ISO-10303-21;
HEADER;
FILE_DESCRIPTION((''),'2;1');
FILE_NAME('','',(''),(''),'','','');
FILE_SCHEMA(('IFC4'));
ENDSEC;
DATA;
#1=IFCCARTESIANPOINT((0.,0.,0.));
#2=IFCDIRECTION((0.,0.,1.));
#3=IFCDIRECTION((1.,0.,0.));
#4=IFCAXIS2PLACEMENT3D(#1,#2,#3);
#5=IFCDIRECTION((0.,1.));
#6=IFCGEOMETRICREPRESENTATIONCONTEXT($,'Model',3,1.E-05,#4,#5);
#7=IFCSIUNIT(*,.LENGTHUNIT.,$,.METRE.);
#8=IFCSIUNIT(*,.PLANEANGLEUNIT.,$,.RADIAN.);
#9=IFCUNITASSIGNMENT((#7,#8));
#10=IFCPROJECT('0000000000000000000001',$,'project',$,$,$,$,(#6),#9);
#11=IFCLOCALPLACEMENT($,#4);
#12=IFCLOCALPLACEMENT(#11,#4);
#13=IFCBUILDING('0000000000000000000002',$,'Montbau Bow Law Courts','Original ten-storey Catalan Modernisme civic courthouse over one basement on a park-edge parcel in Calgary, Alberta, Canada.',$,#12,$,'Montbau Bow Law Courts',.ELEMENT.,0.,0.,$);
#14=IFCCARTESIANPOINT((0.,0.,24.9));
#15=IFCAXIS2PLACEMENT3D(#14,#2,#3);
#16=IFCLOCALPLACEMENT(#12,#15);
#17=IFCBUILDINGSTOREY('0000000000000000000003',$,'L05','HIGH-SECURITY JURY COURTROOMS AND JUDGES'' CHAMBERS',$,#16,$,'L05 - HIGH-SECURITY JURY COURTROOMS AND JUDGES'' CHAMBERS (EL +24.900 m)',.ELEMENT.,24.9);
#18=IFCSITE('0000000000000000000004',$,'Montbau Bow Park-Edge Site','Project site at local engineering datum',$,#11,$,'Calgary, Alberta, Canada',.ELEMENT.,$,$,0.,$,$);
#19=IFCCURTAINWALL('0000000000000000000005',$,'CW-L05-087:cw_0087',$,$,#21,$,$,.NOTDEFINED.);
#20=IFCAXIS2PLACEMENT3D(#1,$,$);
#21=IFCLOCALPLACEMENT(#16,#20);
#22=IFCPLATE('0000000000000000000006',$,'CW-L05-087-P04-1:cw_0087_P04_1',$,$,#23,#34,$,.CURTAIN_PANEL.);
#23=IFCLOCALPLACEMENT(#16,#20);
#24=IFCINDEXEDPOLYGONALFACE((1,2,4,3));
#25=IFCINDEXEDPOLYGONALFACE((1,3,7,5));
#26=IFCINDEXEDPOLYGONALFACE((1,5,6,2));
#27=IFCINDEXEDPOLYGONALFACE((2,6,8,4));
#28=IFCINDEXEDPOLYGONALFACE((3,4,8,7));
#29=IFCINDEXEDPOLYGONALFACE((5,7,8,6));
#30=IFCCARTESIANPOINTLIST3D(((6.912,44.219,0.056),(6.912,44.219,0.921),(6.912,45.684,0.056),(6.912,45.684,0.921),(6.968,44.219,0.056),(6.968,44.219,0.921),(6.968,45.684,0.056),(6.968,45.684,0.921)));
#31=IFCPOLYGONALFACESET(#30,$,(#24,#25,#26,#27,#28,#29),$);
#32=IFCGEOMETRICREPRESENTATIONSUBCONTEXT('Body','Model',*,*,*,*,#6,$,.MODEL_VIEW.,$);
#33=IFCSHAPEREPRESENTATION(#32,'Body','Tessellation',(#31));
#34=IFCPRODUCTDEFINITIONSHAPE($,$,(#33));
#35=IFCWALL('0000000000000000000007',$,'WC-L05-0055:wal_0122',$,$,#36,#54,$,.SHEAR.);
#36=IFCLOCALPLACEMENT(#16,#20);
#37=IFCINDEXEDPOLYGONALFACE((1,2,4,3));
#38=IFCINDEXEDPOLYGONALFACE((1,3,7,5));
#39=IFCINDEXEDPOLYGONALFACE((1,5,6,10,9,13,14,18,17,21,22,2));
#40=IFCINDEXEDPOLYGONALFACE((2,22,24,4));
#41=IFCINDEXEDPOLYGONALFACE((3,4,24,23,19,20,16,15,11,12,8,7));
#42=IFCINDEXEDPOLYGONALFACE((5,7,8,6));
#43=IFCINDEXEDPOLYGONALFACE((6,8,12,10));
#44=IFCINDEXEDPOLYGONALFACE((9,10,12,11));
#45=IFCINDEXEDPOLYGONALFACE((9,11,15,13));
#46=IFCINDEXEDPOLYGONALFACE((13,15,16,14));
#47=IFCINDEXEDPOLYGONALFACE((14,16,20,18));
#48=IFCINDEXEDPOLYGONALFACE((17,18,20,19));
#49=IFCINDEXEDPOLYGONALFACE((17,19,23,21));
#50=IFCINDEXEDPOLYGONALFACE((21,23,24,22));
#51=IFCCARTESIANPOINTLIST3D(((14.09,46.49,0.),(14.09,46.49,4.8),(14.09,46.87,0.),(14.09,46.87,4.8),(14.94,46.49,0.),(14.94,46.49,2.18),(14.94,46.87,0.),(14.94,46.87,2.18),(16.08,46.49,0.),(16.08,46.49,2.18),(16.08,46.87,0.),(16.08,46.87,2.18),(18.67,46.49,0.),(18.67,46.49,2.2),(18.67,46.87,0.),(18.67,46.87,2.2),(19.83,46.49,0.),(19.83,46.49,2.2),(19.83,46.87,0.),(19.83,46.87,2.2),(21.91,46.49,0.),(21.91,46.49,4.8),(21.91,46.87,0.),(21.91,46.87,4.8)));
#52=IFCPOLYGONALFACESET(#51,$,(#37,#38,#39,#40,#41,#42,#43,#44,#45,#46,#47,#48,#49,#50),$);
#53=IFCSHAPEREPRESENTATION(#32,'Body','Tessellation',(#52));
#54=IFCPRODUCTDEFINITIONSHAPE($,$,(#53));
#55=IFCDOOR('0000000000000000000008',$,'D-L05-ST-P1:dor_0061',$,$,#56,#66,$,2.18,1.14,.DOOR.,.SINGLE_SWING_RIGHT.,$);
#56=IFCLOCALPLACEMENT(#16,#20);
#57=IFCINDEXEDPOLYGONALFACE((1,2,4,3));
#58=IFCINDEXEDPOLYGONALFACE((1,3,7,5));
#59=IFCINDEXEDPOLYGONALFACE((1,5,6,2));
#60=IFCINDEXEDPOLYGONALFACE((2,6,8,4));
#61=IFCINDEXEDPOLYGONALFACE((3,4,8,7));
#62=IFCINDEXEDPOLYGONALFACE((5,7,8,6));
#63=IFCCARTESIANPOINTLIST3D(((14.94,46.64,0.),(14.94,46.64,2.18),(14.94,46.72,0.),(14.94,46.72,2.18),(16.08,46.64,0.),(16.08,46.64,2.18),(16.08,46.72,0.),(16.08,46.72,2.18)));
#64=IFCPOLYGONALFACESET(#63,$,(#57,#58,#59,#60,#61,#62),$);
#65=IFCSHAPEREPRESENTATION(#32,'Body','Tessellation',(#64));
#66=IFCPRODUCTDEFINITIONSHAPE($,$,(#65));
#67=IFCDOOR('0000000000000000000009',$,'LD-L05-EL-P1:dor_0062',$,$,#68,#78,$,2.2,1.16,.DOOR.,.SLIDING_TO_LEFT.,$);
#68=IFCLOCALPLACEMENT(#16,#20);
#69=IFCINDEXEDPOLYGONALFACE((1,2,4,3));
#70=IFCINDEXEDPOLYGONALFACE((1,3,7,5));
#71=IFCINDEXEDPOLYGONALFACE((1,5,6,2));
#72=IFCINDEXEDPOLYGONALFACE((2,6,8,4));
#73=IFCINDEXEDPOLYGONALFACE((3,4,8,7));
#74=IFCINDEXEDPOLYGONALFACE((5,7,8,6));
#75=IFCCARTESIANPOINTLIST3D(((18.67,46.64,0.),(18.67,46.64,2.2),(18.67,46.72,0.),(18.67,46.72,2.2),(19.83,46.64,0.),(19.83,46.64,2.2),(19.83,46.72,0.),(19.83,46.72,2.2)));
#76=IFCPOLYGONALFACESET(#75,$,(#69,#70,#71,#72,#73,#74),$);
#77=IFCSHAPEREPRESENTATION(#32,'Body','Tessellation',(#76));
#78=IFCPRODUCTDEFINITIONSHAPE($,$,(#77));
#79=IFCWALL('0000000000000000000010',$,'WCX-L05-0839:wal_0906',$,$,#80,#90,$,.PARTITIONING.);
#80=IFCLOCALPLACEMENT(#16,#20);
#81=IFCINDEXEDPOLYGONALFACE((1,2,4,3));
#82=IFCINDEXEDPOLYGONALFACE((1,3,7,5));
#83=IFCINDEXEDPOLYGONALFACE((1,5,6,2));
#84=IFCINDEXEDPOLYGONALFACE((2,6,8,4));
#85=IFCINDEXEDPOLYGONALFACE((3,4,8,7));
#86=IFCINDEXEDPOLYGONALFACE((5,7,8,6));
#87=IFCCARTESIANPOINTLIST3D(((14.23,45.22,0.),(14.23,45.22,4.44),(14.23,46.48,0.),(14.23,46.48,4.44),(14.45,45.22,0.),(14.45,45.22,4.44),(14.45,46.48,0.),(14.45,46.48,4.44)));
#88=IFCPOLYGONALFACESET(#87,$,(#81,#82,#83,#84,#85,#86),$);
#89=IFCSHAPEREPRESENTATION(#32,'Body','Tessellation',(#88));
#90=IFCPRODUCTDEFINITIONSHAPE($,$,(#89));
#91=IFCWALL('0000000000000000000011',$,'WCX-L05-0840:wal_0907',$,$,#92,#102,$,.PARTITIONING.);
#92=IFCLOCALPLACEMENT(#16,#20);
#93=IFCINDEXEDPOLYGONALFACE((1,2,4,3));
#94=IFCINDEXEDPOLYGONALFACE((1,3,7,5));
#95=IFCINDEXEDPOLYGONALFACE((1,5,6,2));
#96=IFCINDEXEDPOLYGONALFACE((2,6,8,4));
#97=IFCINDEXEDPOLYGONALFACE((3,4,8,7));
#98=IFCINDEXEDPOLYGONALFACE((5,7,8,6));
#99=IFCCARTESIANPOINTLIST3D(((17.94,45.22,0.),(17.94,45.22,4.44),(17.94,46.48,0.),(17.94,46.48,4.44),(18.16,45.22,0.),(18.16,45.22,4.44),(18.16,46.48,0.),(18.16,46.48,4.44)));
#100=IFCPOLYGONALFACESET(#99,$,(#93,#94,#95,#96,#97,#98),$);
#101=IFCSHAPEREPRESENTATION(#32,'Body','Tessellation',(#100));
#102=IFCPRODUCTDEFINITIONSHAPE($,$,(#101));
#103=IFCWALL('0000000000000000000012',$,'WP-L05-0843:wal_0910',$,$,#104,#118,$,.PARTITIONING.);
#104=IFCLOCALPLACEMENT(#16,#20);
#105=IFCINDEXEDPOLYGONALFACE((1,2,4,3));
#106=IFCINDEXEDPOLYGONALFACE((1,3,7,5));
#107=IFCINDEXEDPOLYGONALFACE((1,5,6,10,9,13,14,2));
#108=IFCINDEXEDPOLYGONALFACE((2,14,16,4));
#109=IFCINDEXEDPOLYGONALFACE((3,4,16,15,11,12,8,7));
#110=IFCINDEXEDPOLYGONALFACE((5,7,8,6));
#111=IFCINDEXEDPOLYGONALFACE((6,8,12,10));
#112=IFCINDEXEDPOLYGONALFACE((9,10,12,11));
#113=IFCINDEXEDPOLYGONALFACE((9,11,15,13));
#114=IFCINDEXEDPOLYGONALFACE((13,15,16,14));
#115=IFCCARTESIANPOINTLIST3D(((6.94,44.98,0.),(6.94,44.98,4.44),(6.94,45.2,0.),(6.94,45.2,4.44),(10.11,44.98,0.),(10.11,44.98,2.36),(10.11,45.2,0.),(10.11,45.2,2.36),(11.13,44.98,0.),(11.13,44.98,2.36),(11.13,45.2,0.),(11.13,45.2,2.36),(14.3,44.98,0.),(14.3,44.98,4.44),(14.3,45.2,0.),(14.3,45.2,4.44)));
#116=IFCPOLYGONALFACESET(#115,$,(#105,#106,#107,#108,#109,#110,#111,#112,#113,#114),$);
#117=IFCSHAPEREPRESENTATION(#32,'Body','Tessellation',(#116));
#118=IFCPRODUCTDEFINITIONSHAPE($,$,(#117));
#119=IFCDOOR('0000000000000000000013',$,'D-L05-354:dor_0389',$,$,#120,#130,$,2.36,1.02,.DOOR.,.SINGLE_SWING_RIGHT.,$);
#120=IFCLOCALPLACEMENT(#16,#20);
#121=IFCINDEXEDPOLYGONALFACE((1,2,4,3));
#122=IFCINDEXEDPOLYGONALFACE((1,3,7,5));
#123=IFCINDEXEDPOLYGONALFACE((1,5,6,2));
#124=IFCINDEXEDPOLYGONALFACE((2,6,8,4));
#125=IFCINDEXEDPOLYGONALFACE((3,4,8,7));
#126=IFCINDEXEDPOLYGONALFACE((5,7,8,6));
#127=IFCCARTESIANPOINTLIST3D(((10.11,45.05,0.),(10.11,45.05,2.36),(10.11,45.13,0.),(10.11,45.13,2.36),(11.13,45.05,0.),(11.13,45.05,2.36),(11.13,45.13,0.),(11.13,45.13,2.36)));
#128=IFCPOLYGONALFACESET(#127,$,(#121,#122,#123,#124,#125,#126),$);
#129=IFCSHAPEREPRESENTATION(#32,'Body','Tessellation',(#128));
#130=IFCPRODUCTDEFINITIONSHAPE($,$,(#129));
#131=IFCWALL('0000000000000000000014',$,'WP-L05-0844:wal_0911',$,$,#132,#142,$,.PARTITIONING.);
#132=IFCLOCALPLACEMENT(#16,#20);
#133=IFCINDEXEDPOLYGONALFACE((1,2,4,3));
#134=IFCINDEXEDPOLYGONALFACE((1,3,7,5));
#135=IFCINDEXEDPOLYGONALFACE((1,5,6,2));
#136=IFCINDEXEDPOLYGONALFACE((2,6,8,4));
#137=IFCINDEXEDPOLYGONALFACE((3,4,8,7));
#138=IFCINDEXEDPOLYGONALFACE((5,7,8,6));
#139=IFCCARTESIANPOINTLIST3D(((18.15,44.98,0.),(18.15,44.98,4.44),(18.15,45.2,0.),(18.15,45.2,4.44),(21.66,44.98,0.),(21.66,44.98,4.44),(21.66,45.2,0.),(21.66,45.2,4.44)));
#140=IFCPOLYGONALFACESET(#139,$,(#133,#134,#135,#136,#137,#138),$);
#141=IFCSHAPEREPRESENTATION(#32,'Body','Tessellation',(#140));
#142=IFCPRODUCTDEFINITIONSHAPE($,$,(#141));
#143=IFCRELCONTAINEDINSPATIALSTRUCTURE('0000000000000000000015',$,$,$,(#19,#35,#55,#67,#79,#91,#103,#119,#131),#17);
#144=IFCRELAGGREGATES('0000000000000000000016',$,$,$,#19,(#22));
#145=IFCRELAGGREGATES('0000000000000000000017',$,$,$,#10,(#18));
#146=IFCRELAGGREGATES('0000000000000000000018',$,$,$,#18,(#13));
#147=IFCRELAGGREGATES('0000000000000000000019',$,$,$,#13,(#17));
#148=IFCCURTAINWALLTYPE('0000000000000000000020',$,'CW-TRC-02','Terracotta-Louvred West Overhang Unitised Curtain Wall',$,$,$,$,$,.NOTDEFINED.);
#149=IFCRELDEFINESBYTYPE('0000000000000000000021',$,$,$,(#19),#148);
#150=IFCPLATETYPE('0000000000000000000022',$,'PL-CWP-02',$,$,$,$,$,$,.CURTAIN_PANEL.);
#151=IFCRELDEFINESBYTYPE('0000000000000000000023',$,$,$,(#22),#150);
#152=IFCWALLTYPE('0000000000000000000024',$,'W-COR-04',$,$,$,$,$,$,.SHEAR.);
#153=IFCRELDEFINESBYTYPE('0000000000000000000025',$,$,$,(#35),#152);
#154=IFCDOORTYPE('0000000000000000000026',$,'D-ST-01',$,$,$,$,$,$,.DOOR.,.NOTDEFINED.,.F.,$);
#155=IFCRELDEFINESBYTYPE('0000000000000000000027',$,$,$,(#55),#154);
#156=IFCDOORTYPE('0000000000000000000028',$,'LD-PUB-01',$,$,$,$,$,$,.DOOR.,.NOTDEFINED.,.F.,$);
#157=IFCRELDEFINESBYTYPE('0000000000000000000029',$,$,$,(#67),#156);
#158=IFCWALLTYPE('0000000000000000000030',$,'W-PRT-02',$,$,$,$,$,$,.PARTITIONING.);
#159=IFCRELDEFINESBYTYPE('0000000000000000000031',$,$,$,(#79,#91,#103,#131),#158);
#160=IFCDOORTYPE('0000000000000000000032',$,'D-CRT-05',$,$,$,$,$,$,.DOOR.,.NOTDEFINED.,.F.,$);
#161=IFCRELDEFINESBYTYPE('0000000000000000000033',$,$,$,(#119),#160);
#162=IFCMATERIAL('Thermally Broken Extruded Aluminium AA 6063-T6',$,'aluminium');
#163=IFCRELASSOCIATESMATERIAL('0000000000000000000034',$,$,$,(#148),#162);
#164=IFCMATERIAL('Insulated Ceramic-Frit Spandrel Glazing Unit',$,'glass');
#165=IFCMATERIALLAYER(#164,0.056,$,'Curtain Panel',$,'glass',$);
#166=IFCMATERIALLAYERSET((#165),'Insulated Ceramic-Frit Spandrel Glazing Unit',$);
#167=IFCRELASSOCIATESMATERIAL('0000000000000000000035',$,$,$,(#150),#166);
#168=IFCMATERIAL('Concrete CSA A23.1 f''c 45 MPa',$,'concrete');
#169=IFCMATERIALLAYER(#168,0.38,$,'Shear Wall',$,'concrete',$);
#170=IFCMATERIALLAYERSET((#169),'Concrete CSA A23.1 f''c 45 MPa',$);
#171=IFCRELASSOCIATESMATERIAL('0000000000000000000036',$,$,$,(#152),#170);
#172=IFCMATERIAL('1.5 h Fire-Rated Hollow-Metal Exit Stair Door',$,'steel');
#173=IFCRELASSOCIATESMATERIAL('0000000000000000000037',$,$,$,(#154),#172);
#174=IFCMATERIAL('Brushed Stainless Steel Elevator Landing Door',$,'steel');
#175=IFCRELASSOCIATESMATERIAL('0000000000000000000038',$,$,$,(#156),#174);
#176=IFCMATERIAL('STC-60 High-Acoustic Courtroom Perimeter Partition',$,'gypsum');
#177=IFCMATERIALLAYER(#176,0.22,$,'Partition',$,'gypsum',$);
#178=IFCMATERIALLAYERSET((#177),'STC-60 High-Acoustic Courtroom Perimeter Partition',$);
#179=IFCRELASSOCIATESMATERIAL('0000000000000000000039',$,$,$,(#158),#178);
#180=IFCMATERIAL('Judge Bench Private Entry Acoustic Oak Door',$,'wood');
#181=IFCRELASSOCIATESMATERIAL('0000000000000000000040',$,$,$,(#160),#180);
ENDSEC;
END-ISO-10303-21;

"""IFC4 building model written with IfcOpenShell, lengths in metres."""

from ifc_helpers import new_model, si_unit, direction, frame, frame_2d, origin_with_axes, place, context, subcontext, project, spatial, rectangle, extrude, material, layer, layer_set, type_object, element, fill, aggregate, save


model = new_model("IFC4")

# Units and contexts
model_context = context("Model", 3, precision=1e-05, world=origin_with_axes(), true_north=direction((0.0, 1.0)))
body_context = subcontext(model_context, "Body", "Model", "MODEL_VIEW")
ifc_project = project(units=[si_unit("LENGTHUNIT", "METRE"), si_unit("PLANEANGLEUNIT", "RADIAN")], contexts=[model_context])

# Site, building, storey
site_placement = place(None, origin_with_axes())
site = spatial("IfcSite", under=ifc_project, at=site_placement, Name="Montbau Bow Park-Edge Site", Description="Project site at local engineering datum", LongName="Calgary, Alberta, Canada", CompositionType="ELEMENT", RefElevation=0.0)
building_placement = place(site_placement, origin_with_axes())
building = spatial("IfcBuilding", under=site, at=building_placement, Name="Montbau Bow Law Courts", Description="Original ten-storey Catalan Modernisme civic courthouse over one basement on a park-edge parcel in Calgary, Alberta, Canada.", LongName="Montbau Bow Law Courts", CompositionType="ELEMENT", ElevationOfRefHeight=0.0, ElevationOfTerrain=0.0)
storey_placement = place(building_placement, frame((0.0, 0.0, 24.9), z_axis=(0.0, 0.0, 1.0), x_axis=(1.0, 0.0, 0.0)))
storey = spatial("IfcBuildingStorey", under=building, at=storey_placement, Name="L05", Description="HIGH-SECURITY JURY COURTROOMS AND JUDGES' CHAMBERS", LongName="L05 - HIGH-SECURITY JURY COURTROOMS AND JUDGES' CHAMBERS (EL +24.900 m)", CompositionType="ELEMENT", Elevation=24.9)

# Curtain wall
ifc_material_1 = material(Name="Thermally Broken Extruded Aluminium AA 6063-T6", Category="aluminium")
curtain_wall_type = type_object("IfcCurtainWallType", Name="CW-TRC-02", Description="Terracotta-Louvred West Overhang Unitised Curtain Wall", PredefinedType="NOTDEFINED", material=ifc_material_1)
curtain_wall_1_placement = place(None, frame((6.94, 39.44, 24.9), z_axis=(0.0, 0.0, 1.0), x_axis=(1.0, 0.0, 0.0)))
curtain_wall_1 = element("IfcCurtainWall", 1, at=curtain_wall_1_placement, inside=storey, type_object=curtain_wall_type, Name="CW-L05-087:cw_0087", PredefinedType="NOTDEFINED")

# Plate
ifc_material_2 = material(Name="Insulated Ceramic-Frit Spandrel Glazing Unit", Category="glass")
ifc_layer_1 = layer(ifc_material_2, 0.056, Name="Curtain Panel", Category="glass")
ifc_layer_set_1 = layer_set([ifc_layer_1], Name="Insulated Ceramic-Frit Spandrel Glazing Unit")
plate_type_1 = type_object("IfcPlateType", Name="PL-CWP-02", PredefinedType="CURTAIN_PANEL", material=ifc_layer_set_1)
plate_1_placement = place(None, frame((6.94, 44.219, 24.956), z_axis=(1.0, 0.0, 0.0), x_axis=(0.0, 1.0, 0.0)))
plate_1 = element("IfcPlate", 2, at=plate_1_placement, type_object=plate_type_1, Name="CW-L05-087-P04-1:cw_0087_P04_1", PredefinedType="CURTAIN_PANEL", context=body_context, shape_type="SweptSolid", body=[
    extrude(rectangle(XDim=1.465, YDim=0.865, at=frame_2d((0.7325, 0.4325), x_axis=(1.0, 0.0))), frame((0.0, 0.0, -0.028), z_axis=(0.0, 0.0, 1.0), x_axis=(1.0, 0.0, 0.0)), (0.0, 0.0, 1.0), 0.056),
])
aggregate(curtain_wall_1, [plate_1])

# Wall, openings, doors
ifc_material_3 = material(Name="Concrete CSA A23.1 f'c 45 MPa", Category="concrete")
ifc_layer_2 = layer(ifc_material_3, 0.38, Name="Shear Wall", Category="concrete")
ifc_layer_set_2 = layer_set([ifc_layer_2], Name="Concrete CSA A23.1 f'c 45 MPa")
wall_type_1 = type_object("IfcWallType", Name="W-COR-04", PredefinedType="SHEAR", material=ifc_layer_set_2)
wall_1_placement = place(None, frame((14.09, 46.68, 24.9), z_axis=(0.0, 0.0, 1.0), x_axis=(1.0, 0.0, 0.0)))
wall_1 = element("IfcWall", 3, at=wall_1_placement, inside=storey, type_object=wall_type_1, Name="WC-L05-0055:wal_0122", PredefinedType="SHEAR", context=body_context, shape_type="SweptSolid", body=[
    extrude(rectangle(XDim=7.82, YDim=0.38, at=frame_2d((3.91, 0.0), x_axis=(1.0, 0.0))), origin_with_axes(), (0.0, 0.0, 1.0), 4.8),
])
opening_1_placement = place(None, frame((15.51, 46.68, 24.9), z_axis=(0.0, 0.0, 1.0), x_axis=(1.0, 0.0, 0.0)))
opening_1 = element("IfcOpeningElement", 4, at=opening_1_placement, cuts=wall_1, PredefinedType="OPENING", context=body_context, shape_type="SweptSolid", body=[
    extrude(rectangle(XDim=1.14, YDim=2.18, at=frame_2d((0.0, 1.09), x_axis=(1.0, 0.0))), frame((0.0, 0.2, 0.0), z_axis=(0.0, -1.0, 0.0), x_axis=(1.0, 0.0, 0.0)), (0.0, 0.0, 1.0), 0.4),
])
opening_2_placement = place(None, frame((19.25, 46.68, 24.9), z_axis=(0.0, 0.0, 1.0), x_axis=(1.0, 0.0, 0.0)))
opening_2 = element("IfcOpeningElement", 5, at=opening_2_placement, cuts=wall_1, PredefinedType="OPENING", context=body_context, shape_type="SweptSolid", body=[
    extrude(rectangle(XDim=1.16, YDim=2.2, at=frame_2d((0.0, 1.1), x_axis=(1.0, 0.0))), frame((0.0, 0.2, 0.0), z_axis=(0.0, -1.0, 0.0), x_axis=(1.0, 0.0, 0.0)), (0.0, 0.0, 1.0), 0.4),
])
ifc_material_4 = material(Name="1.5 h Fire-Rated Hollow-Metal Exit Stair Door", Category="steel")
door_type_1 = type_object("IfcDoorType", Name="D-ST-01", OperationType="NOTDEFINED", ParameterTakesPrecedence=False, PredefinedType="DOOR", material=ifc_material_4)
door_1_placement = place(None, frame((15.51, 46.68, 24.9), z_axis=(0.0, 0.0, 1.0), x_axis=(-1.0, 0.0, 0.0)))
door_1 = element("IfcDoor", 6, at=door_1_placement, inside=storey, type_object=door_type_1, Name="D-L05-ST-P1:dor_0061", OperationType="SINGLE_SWING_RIGHT", OverallHeight=2.18, OverallWidth=1.14, PredefinedType="DOOR", context=body_context, shape_type="SweptSolid", body=[
    extrude(rectangle(XDim=1.14, YDim=2.18, at=frame_2d((0.0, 1.09), x_axis=(1.0, 0.0))), frame((0.0, 0.04, 0.0), z_axis=(0.0, -1.0, 0.0), x_axis=(1.0, 0.0, 0.0)), (0.0, 0.0, 1.0), 0.08),
])
fill(opening_1, door_1)
ifc_material_5 = material(Name="Brushed Stainless Steel Elevator Landing Door", Category="steel")
door_type_2 = type_object("IfcDoorType", Name="LD-PUB-01", OperationType="NOTDEFINED", ParameterTakesPrecedence=False, PredefinedType="DOOR", material=ifc_material_5)
door_2_placement = place(None, frame((19.25, 46.68, 24.9), z_axis=(0.0, 0.0, 1.0), x_axis=(-1.0, 0.0, 0.0)))
door_2 = element("IfcDoor", 7, at=door_2_placement, inside=storey, type_object=door_type_2, Name="LD-L05-EL-P1:dor_0062", OperationType="SLIDING_TO_LEFT", OverallHeight=2.2, OverallWidth=1.16, PredefinedType="DOOR", context=body_context, shape_type="SweptSolid", body=[
    extrude(rectangle(XDim=1.16, YDim=2.2, at=frame_2d((0.0, 1.1), x_axis=(1.0, 0.0))), frame((0.0, 0.04, 0.0), z_axis=(0.0, -1.0, 0.0), x_axis=(1.0, 0.0, 0.0)), (0.0, 0.0, 1.0), 0.08),
])
fill(opening_2, door_2)

# Walls
ifc_material_6 = material(Name="STC-60 High-Acoustic Courtroom Perimeter Partition", Category="gypsum")
ifc_layer_3 = layer(ifc_material_6, 0.22, Name="Partition", Category="gypsum")
ifc_layer_set_3 = layer_set([ifc_layer_3], Name="STC-60 High-Acoustic Courtroom Perimeter Partition")
wall_type_2 = type_object("IfcWallType", Name="W-PRT-02", PredefinedType="PARTITIONING", material=ifc_layer_set_3)
for number, where, z_axis, x_axis, name in (
    (8, (14.34, 45.22, 24.9), (0.0, 0.0, 1.0), (0.0, 1.0, 0.0), "WCX-L05-0839:wal_0906"),
    (9, (18.05, 45.22, 24.9), (0.0, 0.0, 1.0), (0.0, 1.0, 0.0), "WCX-L05-0840:wal_0907"),
):
    element("IfcWall", number, at=place(None, frame(where, z_axis=z_axis, x_axis=x_axis)), inside=storey, type_object=wall_type_2, Name=name, PredefinedType="PARTITIONING", context=body_context, shape_type="SweptSolid", body=[
        extrude(rectangle(XDim=1.26, YDim=0.22, at=frame_2d((0.63, 0.0), x_axis=(1.0, 0.0))), origin_with_axes(), (0.0, 0.0, 1.0), 4.44),
    ])

# Wall, opening, door
wall_2_placement = place(None, frame((6.94, 45.09, 24.9), z_axis=(0.0, 0.0, 1.0), x_axis=(1.0, 0.0, 0.0)))
wall_2 = element("IfcWall", 10, at=wall_2_placement, inside=storey, type_object=wall_type_2, Name="WP-L05-0843:wal_0910", PredefinedType="PARTITIONING", context=body_context, shape_type="SweptSolid", body=[
    extrude(rectangle(XDim=7.36, YDim=0.22, at=frame_2d((3.68, 0.0), x_axis=(1.0, 0.0))), origin_with_axes(), (0.0, 0.0, 1.0), 4.44),
])
opening_3_placement = place(None, frame((10.62, 45.09, 24.9), z_axis=(0.0, 0.0, 1.0), x_axis=(1.0, 0.0, 0.0)))
opening_3 = element("IfcOpeningElement", 11, at=opening_3_placement, cuts=wall_2, PredefinedType="OPENING", context=body_context, shape_type="SweptSolid", body=[
    extrude(rectangle(XDim=1.02, YDim=2.36, at=frame_2d((0.0, 1.18), x_axis=(1.0, 0.0))), frame((0.0, 0.12, 0.0), z_axis=(0.0, -1.0, 0.0), x_axis=(1.0, 0.0, 0.0)), (0.0, 0.0, 1.0), 0.24),
])
ifc_material_7 = material(Name="Judge Bench Private Entry Acoustic Oak Door", Category="wood")
door_type_3 = type_object("IfcDoorType", Name="D-CRT-05", OperationType="NOTDEFINED", ParameterTakesPrecedence=False, PredefinedType="DOOR", material=ifc_material_7)
door_3_placement = place(None, frame((10.62, 45.09, 24.9), z_axis=(0.0, 0.0, 1.0), x_axis=(-1.0, 0.0, 0.0)))
door_3 = element("IfcDoor", 12, at=door_3_placement, inside=storey, type_object=door_type_3, Name="D-L05-354:dor_0389", OperationType="SINGLE_SWING_RIGHT", OverallHeight=2.36, OverallWidth=1.02, PredefinedType="DOOR", context=body_context, shape_type="SweptSolid", body=[
    extrude(rectangle(XDim=1.02, YDim=2.36, at=frame_2d((0.0, 1.18), x_axis=(1.0, 0.0))), frame((0.0, 0.04, 0.0), z_axis=(0.0, -1.0, 0.0), x_axis=(1.0, 0.0, 0.0)), (0.0, 0.0, 1.0), 0.08),
])
fill(opening_3, door_3)

# Wall
wall_3_placement = place(None, frame((18.15, 45.09, 24.9), z_axis=(0.0, 0.0, 1.0), x_axis=(1.0, 0.0, 0.0)))
element("IfcWall", 13, at=wall_3_placement, inside=storey, type_object=wall_type_2, Name="WP-L05-0844:wal_0911", PredefinedType="PARTITIONING", context=body_context, shape_type="SweptSolid", body=[
    extrude(rectangle(XDim=3.51, YDim=0.22, at=frame_2d((1.755, 0.0), x_axis=(1.0, 0.0))), origin_with_axes(), (0.0, 0.0, 1.0), 4.44),
])

save(model, "model.ifc")
